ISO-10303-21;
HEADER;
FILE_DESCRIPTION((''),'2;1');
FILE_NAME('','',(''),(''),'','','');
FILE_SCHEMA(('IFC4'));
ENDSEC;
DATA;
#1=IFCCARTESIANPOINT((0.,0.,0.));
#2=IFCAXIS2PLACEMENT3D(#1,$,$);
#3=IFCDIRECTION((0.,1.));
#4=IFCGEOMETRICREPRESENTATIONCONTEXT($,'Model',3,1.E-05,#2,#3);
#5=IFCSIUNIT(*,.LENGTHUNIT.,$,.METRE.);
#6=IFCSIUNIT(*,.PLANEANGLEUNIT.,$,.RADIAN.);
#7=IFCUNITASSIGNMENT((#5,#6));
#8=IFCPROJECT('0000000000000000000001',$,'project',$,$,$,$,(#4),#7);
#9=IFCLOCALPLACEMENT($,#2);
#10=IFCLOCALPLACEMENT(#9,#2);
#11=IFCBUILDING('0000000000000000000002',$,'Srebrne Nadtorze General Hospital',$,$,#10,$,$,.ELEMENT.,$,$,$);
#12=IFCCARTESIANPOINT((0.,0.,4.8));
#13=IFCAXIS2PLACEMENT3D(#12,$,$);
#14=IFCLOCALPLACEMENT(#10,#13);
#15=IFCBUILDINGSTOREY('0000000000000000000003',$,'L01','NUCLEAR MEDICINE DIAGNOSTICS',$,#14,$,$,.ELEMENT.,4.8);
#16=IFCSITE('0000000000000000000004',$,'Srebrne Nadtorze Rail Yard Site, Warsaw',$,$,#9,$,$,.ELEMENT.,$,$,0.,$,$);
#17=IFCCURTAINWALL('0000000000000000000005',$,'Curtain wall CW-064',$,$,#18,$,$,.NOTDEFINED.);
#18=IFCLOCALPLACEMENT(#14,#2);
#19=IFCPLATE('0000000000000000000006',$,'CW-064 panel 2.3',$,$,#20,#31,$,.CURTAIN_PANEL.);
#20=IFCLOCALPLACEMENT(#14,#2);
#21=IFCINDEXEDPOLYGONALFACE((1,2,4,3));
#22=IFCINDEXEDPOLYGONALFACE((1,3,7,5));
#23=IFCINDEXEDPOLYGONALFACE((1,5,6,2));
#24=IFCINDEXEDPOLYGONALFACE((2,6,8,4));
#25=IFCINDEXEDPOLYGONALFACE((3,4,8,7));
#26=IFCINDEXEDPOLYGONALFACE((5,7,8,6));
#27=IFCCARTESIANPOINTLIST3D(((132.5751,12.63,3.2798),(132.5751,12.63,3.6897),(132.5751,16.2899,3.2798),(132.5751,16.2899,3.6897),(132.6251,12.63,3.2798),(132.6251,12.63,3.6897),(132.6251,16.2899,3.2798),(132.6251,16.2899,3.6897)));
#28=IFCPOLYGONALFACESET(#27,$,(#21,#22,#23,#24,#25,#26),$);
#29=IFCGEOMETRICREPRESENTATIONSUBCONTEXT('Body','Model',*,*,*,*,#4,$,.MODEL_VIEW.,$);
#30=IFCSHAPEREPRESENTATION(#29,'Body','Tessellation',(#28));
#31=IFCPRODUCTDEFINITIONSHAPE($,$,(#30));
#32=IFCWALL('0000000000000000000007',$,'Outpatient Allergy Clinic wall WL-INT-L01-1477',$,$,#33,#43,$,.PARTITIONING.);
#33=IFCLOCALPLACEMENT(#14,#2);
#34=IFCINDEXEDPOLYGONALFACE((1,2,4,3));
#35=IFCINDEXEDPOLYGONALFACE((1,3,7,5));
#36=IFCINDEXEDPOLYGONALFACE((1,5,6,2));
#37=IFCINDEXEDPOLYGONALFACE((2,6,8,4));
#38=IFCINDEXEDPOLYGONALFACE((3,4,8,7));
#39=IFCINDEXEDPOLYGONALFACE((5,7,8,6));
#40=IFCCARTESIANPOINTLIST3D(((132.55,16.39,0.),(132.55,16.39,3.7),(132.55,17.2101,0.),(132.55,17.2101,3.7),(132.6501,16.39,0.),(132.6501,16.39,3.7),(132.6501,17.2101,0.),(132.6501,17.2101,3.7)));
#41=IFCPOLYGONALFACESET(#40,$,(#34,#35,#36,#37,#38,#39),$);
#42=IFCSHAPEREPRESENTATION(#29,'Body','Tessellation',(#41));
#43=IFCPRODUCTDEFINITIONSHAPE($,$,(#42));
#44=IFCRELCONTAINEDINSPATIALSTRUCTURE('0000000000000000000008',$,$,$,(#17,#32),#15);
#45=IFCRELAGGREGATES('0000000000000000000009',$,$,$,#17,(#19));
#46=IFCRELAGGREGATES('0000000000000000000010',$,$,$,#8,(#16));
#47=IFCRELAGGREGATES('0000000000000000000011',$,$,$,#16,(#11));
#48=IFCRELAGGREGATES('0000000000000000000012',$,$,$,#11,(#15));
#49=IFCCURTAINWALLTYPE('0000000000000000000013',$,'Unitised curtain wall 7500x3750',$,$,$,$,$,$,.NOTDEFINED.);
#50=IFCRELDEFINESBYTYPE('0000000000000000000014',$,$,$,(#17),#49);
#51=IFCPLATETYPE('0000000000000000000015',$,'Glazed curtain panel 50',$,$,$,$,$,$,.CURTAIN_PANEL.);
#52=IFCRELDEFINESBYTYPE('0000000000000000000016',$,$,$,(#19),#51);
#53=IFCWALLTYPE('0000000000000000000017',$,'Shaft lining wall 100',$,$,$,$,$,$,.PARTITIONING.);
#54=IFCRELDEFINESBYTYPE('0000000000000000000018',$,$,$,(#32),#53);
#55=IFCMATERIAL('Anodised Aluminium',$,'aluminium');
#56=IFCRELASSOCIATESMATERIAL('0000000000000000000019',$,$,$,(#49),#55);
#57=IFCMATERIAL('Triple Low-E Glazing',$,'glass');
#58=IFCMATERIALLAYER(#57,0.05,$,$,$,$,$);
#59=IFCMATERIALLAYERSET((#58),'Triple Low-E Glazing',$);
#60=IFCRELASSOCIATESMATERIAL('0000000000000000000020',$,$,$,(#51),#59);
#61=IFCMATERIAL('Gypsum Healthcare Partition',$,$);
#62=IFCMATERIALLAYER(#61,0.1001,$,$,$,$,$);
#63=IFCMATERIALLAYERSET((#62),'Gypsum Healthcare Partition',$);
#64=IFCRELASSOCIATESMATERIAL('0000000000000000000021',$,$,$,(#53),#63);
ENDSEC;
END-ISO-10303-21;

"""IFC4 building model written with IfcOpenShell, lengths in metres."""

from ifc_helpers import new_model, si_unit, direction, frame, frame_2d, origin, origin_2d, place, context, subcontext, project, spatial, rectangle, extrude, material, layer, layer_set, type_object, element, aggregate, save


model = new_model("IFC4")

# Units and contexts
model_context = context("Model", 3, precision=1e-05, world=origin(), true_north=direction((0.0, 1.0)))
body_context = subcontext(model_context, "Body", "Model", "MODEL_VIEW")
ifc_project = project(units=[si_unit("LENGTHUNIT", "METRE"), si_unit("PLANEANGLEUNIT", "RADIAN")], contexts=[model_context])

# Site, building, storey
site_placement = place(None, origin())
site = spatial("IfcSite", under=ifc_project, at=site_placement, Name="Srebrne Nadtorze Rail Yard Site, Warsaw", CompositionType="ELEMENT", RefElevation=0.0)
building_placement = place(site_placement, origin())
building = spatial("IfcBuilding", under=site, at=building_placement, Name="Srebrne Nadtorze General Hospital", CompositionType="ELEMENT")
storey_placement = place(building_placement, frame((0.0, 0.0, 4.8)))
storey = spatial("IfcBuildingStorey", under=building, at=storey_placement, Name="L01", Description="NUCLEAR MEDICINE DIAGNOSTICS", CompositionType="ELEMENT", Elevation=4.8)

# Curtain wall
ifc_material_1 = material(Name="Anodised Aluminium", Category="aluminium")
curtain_wall_type_1 = type_object("IfcCurtainWallType", Name="Unitised curtain wall 7500x3750", PredefinedType="NOTDEFINED", material=ifc_material_1)
curtain_wall_1_placement = place(storey_placement, origin())
curtain_wall_1 = element("IfcCurtainWall", 1, at=curtain_wall_1_placement, inside=storey, type_object=curtain_wall_type_1, Name="Curtain wall CW-064", PredefinedType="NOTDEFINED")

# Plate
ifc_material_2 = material(Name="Triple Low-E Glazing", Category="glass")
ifc_layer_1 = layer(ifc_material_2, 0.05)
ifc_layer_set_1 = layer_set([ifc_layer_1], Name="Triple Low-E Glazing")
plate_type = type_object("IfcPlateType", Name="Glazed curtain panel 50", PredefinedType="CURTAIN_PANEL", material=ifc_layer_set_1)
plate_1_placement = place(storey_placement, frame((132.6001, 14.46, 3.2798), z_axis=(0.0, 0.0, 1.0), x_axis=(0.0, 1.0, 0.0)))
plate_1 = element("IfcPlate", 2, at=plate_1_placement, type_object=plate_type, Name="CW-064 panel 2.3", PredefinedType="CURTAIN_PANEL", context=body_context, shape_type="SweptSolid", body=[
    extrude(rectangle(XDim=3.6599, YDim=0.05, at=origin_2d()), origin(), (0.0, 0.0, 1.0), 0.4099),
])
aggregate(curtain_wall_1, [plate_1])

# Wall
ifc_material_3 = material(Name="Gypsum Healthcare Partition")
ifc_layer_2 = layer(ifc_material_3, 0.1001)
ifc_layer_set_2 = layer_set([ifc_layer_2], Name="Gypsum Healthcare Partition")
wall_type = type_object("IfcWallType", Name="Shaft lining wall 100", PredefinedType="PARTITIONING", material=ifc_layer_set_2)
wall_placement = place(storey_placement, frame((132.6001, 16.3899, 0.0), z_axis=(0.0, 0.0, 1.0), x_axis=(0.0, 1.0, 0.0)))
element("IfcWall", 3, at=wall_placement, inside=storey, type_object=wall_type, Name="Outpatient Allergy Clinic wall WL-INT-L01-1477", PredefinedType="PARTITIONING", context=body_context, shape_type="SweptSolid", body=[
    extrude(rectangle(XDim=0.8201, YDim=0.1001, at=frame_2d((0.4102, 0.0))), origin(), (0.0, 0.0, 1.0), 3.7),
])

save(model, "model.ifc")
